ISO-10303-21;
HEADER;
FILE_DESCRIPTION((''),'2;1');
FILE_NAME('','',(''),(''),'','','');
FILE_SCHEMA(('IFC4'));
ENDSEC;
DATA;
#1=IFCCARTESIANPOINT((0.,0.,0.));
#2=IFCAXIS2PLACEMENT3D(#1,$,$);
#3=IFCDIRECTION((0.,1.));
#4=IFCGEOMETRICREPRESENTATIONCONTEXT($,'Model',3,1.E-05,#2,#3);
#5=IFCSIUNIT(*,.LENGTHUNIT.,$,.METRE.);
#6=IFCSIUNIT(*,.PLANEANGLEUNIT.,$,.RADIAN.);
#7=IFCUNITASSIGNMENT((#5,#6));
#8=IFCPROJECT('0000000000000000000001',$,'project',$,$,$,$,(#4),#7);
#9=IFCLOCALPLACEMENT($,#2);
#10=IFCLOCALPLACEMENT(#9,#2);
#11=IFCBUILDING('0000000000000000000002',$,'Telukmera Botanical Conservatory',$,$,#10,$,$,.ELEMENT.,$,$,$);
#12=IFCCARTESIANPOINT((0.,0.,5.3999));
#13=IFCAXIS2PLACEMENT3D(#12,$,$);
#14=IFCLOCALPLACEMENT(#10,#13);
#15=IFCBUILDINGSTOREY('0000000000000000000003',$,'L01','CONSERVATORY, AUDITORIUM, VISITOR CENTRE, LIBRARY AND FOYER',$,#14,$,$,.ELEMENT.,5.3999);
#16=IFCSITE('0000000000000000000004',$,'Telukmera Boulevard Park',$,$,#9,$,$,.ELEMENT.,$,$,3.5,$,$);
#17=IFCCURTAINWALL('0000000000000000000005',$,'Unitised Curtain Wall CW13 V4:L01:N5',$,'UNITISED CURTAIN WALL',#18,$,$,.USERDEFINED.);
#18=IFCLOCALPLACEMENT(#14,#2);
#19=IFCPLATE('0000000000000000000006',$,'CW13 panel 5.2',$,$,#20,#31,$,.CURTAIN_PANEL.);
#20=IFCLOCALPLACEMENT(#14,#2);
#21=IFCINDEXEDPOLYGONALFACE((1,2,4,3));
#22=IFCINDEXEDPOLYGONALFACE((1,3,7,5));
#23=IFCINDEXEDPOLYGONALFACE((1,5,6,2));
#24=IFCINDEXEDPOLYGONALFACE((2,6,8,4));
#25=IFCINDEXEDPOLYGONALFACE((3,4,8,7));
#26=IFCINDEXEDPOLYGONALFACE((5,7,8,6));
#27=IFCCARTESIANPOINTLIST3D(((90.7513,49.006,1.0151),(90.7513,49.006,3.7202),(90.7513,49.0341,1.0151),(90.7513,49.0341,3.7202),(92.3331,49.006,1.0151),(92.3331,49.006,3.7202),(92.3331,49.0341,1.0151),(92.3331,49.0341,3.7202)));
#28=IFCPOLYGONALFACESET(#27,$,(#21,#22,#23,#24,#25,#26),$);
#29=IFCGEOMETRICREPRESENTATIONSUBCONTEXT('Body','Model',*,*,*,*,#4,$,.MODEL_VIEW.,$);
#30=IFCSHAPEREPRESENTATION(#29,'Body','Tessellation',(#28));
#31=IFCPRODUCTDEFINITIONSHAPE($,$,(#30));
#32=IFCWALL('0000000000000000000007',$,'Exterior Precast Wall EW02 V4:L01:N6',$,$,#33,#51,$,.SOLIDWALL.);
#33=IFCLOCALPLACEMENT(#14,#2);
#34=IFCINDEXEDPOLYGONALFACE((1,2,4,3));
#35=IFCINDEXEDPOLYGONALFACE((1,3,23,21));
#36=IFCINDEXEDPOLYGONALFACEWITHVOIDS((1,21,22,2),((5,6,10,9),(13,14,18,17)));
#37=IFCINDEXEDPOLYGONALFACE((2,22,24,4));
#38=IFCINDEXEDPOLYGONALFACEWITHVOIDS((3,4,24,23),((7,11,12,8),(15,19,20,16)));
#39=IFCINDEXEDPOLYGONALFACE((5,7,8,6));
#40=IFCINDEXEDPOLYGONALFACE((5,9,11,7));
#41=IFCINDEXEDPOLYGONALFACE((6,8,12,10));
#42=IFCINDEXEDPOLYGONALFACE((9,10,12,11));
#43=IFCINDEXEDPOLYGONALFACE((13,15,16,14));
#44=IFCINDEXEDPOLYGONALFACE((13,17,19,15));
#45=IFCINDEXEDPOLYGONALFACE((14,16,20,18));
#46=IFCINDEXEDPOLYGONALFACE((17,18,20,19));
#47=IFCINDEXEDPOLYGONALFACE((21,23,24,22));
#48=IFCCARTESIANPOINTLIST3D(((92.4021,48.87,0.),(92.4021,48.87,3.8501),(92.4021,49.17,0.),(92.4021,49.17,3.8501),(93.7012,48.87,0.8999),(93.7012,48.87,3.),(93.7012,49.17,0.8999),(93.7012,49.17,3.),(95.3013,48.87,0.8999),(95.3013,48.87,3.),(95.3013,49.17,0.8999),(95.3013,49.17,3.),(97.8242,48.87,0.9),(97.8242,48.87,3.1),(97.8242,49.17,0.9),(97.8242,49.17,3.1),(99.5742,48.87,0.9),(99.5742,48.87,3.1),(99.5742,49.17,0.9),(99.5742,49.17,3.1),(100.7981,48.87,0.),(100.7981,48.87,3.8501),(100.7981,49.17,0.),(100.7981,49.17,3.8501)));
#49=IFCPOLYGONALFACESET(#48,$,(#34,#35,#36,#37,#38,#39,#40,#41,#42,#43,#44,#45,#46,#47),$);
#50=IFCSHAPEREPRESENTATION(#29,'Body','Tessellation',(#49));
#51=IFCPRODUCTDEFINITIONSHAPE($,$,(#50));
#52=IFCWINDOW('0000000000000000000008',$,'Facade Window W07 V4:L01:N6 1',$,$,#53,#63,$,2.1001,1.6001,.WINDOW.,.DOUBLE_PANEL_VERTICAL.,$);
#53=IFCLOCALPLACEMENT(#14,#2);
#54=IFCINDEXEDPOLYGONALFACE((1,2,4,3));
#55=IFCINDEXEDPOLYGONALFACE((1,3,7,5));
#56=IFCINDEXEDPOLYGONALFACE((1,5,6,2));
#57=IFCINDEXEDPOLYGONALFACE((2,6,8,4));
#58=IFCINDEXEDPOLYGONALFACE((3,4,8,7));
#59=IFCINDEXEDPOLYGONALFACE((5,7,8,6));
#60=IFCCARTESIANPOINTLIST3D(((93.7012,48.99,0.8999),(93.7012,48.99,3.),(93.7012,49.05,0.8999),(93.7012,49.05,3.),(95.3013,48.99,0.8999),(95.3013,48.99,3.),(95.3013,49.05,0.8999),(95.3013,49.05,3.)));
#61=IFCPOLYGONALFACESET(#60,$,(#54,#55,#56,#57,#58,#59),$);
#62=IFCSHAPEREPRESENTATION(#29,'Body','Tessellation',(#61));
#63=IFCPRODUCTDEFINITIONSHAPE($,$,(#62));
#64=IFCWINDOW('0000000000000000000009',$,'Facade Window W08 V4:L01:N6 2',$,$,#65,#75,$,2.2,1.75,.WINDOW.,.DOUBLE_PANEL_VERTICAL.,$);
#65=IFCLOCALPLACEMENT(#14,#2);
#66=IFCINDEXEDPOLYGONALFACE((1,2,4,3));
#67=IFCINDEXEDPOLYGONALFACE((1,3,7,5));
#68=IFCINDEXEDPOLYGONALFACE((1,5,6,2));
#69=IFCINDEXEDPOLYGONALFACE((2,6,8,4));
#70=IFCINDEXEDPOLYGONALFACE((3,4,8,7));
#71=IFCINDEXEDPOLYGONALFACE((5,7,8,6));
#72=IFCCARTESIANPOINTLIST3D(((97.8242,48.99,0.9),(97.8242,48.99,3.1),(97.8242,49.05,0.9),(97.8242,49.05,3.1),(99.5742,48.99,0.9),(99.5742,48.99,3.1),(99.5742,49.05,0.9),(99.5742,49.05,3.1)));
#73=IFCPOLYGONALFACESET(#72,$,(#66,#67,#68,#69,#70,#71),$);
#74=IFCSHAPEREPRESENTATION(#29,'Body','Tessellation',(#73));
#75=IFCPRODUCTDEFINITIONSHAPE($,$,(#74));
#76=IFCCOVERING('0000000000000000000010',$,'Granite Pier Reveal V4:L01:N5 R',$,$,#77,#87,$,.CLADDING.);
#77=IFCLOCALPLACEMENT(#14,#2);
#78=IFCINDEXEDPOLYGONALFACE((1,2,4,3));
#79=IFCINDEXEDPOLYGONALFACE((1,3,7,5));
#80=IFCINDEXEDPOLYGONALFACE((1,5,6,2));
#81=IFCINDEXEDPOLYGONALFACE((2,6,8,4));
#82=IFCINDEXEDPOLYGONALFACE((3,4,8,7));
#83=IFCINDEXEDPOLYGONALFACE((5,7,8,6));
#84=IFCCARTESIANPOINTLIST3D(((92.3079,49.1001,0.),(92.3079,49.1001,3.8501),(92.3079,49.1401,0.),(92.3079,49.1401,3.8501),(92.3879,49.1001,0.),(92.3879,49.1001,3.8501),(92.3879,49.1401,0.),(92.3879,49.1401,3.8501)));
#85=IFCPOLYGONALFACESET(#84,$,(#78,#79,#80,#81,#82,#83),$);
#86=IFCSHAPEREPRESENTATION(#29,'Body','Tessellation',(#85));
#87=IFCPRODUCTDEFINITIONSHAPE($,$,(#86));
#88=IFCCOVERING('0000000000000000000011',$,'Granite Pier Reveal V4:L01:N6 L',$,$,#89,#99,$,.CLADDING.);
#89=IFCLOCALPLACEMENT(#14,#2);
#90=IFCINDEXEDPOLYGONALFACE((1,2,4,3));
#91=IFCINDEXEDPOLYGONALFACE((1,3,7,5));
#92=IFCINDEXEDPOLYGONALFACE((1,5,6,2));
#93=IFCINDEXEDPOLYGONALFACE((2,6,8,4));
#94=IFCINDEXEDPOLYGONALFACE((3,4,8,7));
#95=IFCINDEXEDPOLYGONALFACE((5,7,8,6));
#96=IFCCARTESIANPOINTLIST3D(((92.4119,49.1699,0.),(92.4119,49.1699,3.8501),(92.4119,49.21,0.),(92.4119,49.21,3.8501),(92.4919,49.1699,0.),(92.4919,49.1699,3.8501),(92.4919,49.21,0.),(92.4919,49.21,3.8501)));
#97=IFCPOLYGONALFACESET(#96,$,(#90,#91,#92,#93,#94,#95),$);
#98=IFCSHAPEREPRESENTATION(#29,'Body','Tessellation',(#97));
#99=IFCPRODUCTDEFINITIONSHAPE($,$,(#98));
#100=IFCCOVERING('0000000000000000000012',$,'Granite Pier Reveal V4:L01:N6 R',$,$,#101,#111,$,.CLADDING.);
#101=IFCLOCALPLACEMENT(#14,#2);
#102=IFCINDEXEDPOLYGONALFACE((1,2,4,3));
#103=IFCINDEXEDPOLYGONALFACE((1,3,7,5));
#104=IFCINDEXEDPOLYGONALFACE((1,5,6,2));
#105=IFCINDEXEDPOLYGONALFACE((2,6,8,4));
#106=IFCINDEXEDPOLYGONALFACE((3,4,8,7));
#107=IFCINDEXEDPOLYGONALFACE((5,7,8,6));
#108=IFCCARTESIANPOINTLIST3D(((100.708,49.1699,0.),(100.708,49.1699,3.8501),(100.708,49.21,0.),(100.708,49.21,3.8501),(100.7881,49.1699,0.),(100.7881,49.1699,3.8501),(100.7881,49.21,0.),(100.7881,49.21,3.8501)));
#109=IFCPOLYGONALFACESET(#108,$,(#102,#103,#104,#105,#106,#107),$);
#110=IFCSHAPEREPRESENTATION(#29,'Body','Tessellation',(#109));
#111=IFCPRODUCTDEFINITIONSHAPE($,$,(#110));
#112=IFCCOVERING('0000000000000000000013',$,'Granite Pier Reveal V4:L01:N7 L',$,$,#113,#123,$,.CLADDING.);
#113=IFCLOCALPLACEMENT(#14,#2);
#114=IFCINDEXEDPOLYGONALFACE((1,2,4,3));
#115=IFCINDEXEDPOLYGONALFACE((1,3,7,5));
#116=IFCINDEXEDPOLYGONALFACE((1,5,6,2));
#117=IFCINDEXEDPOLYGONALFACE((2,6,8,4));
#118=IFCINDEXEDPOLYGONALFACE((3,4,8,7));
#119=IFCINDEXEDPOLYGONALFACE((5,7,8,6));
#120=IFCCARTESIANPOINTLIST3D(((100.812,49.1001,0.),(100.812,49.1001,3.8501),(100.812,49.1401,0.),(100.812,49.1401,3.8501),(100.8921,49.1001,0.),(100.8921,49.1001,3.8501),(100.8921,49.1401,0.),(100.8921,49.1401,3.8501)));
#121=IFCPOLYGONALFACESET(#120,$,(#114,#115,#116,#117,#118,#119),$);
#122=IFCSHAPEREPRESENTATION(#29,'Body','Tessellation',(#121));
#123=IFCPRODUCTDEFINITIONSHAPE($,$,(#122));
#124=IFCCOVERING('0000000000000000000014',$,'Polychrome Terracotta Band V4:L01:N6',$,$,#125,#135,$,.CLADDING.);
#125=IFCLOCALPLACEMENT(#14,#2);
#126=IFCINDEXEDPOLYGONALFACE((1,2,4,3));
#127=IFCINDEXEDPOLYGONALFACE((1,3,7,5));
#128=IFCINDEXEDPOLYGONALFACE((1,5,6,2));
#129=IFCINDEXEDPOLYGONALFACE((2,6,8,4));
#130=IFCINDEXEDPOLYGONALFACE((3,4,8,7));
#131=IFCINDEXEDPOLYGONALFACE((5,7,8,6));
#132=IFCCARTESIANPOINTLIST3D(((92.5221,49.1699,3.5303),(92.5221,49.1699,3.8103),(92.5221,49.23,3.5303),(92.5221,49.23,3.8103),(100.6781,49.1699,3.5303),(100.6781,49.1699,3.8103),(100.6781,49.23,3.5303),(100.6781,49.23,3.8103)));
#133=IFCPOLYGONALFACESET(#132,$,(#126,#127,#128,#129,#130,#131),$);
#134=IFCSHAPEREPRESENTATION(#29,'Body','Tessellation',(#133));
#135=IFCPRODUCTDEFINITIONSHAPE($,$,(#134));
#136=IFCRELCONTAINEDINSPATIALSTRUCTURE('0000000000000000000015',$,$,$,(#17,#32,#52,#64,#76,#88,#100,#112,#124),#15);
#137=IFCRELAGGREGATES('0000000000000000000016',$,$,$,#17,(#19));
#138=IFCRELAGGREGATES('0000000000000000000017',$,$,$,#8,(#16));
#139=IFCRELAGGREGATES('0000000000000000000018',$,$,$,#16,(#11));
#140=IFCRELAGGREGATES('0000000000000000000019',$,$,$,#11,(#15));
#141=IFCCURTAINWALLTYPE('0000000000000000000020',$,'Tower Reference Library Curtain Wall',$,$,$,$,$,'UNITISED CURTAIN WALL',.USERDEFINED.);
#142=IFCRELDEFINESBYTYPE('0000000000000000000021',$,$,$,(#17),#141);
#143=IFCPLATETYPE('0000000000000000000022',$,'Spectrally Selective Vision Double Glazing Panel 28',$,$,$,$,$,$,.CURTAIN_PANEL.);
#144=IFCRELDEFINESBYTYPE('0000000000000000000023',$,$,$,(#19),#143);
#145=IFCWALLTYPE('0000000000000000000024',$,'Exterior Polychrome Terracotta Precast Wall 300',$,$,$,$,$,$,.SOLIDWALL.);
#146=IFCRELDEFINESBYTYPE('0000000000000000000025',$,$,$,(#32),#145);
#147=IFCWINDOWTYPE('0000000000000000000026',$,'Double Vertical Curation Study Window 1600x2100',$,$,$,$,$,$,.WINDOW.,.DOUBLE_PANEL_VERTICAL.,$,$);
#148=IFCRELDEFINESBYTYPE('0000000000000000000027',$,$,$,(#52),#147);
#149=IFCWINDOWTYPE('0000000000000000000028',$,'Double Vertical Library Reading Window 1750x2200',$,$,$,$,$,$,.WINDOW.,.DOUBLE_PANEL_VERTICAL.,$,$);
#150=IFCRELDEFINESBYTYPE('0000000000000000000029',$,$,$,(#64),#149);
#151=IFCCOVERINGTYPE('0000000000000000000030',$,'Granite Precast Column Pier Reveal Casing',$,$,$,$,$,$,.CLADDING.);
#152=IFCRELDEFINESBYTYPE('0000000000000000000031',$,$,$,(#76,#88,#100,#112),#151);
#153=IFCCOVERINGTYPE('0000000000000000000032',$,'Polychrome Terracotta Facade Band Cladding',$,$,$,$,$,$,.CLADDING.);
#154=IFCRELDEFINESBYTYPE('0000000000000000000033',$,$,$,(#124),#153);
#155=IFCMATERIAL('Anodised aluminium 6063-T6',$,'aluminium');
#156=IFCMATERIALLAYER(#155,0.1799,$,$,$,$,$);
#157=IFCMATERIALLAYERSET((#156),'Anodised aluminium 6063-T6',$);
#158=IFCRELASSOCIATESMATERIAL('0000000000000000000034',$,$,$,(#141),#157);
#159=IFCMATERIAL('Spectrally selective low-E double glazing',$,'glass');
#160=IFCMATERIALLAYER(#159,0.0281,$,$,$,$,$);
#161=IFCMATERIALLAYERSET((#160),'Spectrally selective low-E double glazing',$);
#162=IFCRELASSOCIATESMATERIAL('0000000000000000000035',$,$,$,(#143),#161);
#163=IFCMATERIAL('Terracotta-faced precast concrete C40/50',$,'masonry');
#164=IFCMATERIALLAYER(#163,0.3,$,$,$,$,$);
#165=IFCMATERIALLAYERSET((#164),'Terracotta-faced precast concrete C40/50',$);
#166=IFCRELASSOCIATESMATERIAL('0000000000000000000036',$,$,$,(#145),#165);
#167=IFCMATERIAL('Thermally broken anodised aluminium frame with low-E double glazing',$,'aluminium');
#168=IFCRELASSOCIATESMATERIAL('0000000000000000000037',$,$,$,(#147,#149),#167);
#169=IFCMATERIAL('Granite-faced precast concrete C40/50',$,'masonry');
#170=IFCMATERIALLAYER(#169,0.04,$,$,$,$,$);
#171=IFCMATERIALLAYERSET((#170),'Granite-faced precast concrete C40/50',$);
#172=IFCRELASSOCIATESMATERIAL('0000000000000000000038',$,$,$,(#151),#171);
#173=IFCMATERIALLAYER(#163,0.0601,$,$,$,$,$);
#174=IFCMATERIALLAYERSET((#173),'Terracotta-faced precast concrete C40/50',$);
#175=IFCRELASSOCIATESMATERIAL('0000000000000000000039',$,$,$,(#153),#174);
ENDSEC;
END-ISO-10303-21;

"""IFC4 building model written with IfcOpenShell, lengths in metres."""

from ifc_helpers import new_model, si_unit, direction, frame, frame_2d, origin, origin_2d, place, context, subcontext, project, spatial, rectangle, extrude, material, layer, layer_set, type_object, element, fill, aggregate, save


model = new_model("IFC4")

# Units and contexts
model_context = context("Model", 3, precision=1e-05, world=origin(), true_north=direction((0.0, 1.0)))
body_context = subcontext(model_context, "Body", "Model", "MODEL_VIEW")
ifc_project = project(units=[si_unit("LENGTHUNIT", "METRE"), si_unit("PLANEANGLEUNIT", "RADIAN")], contexts=[model_context])

# Site, building, storey
site_placement = place(None, origin())
site = spatial("IfcSite", under=ifc_project, at=site_placement, Name="Telukmera Boulevard Park", CompositionType="ELEMENT", RefElevation=3.5)
building_placement = place(site_placement, origin())
building = spatial("IfcBuilding", under=site, at=building_placement, Name="Telukmera Botanical Conservatory", CompositionType="ELEMENT")
storey_placement = place(building_placement, frame((0.0, 0.0, 5.3999)))
storey = spatial("IfcBuildingStorey", under=building, at=storey_placement, Name="L01", Description="CONSERVATORY, AUDITORIUM, VISITOR CENTRE, LIBRARY AND FOYER", CompositionType="ELEMENT", Elevation=5.3999)

# Curtain wall
ifc_material_1 = material(Name="Anodised aluminium 6063-T6", Category="aluminium")
ifc_layer_1 = layer(ifc_material_1, 0.1799)
ifc_layer_set_1 = layer_set([ifc_layer_1], Name="Anodised aluminium 6063-T6")
curtain_wall_type = type_object("IfcCurtainWallType", Name="Tower Reference Library Curtain Wall", ElementType="UNITISED CURTAIN WALL", PredefinedType="USERDEFINED", material=ifc_layer_set_1)
curtain_wall_1_placement = place(storey_placement, origin())
curtain_wall_1 = element("IfcCurtainWall", 1, at=curtain_wall_1_placement, inside=storey, type_object=curtain_wall_type, Name="Unitised Curtain Wall CW13 V4:L01:N5", ObjectType="UNITISED CURTAIN WALL", PredefinedType="USERDEFINED")

# Plate
ifc_material_2 = material(Name="Spectrally selective low-E double glazing", Category="glass")
ifc_layer_2 = layer(ifc_material_2, 0.0281)
ifc_layer_set_2 = layer_set([ifc_layer_2], Name="Spectrally selective low-E double glazing")
plate_type = type_object("IfcPlateType", Name="Spectrally Selective Vision Double Glazing Panel 28", PredefinedType="CURTAIN_PANEL", material=ifc_layer_set_2)
plate_1_placement = place(storey_placement, frame((91.5422, 49.02, 1.0151), z_axis=(0.0, 0.0, 1.0), x_axis=(1.0, 0.0, 0.0)))
plate_1 = element("IfcPlate", 2, at=plate_1_placement, type_object=plate_type, Name="CW13 panel 5.2", PredefinedType="CURTAIN_PANEL", context=body_context, shape_type="SweptSolid", body=[
    extrude(rectangle(XDim=1.5818, YDim=0.0281, at=origin_2d()), origin(), (0.0, 0.0, 1.0), 2.7051),
])
aggregate(curtain_wall_1, [plate_1])

# Wall, openings, windows
ifc_material_3 = material(Name="Terracotta-faced precast concrete C40/50", Category="masonry")
ifc_layer_3 = layer(ifc_material_3, 0.3)
ifc_layer_set_3 = layer_set([ifc_layer_3], Name="Terracotta-faced precast concrete C40/50")
wall_type = type_object("IfcWallType", Name="Exterior Polychrome Terracotta Precast Wall 300", PredefinedType="SOLIDWALL", material=ifc_layer_set_3)
wall_placement = place(storey_placement, frame((92.4021, 49.02, 0.0), z_axis=(0.0, 0.0, 1.0), x_axis=(1.0, 0.0, 0.0)))
wall = element("IfcWall", 3, at=wall_placement, inside=storey, type_object=wall_type, Name="Exterior Precast Wall EW02 V4:L01:N6", PredefinedType="SOLIDWALL", context=body_context, shape_type="SweptSolid", body=[
    extrude(rectangle(XDim=8.396, YDim=0.3, at=frame_2d((4.198, 0.0))), origin(), (0.0, 0.0, 1.0), 3.8501),
])
opening_1_placement = place(wall_placement, frame((1.2991, 0.0, 0.8999)))
opening_1 = element("IfcOpeningElement", 4, at=opening_1_placement, cuts=wall, PredefinedType="OPENING", context=body_context, shape_type="SweptSolid", body=[
    extrude(rectangle(XDim=1.6001, YDim=2.1001, at=frame_2d((0.8, 1.05))), frame((0.0, 0.1599, 0.0), z_axis=(0.0, -1.0, 0.0), x_axis=(1.0, 0.0, 0.0)), (0.0, 0.0, 1.0), 0.3201),
])
opening_2_placement = place(wall_placement, frame((5.4221, 0.0, 0.8999)))
opening_2 = element("IfcOpeningElement", 5, at=opening_2_placement, cuts=wall, PredefinedType="OPENING", context=body_context, shape_type="SweptSolid", body=[
    extrude(rectangle(XDim=1.75, YDim=2.2, at=frame_2d((0.875, 1.1001))), frame((0.0, 0.1599, 0.0), z_axis=(0.0, -1.0, 0.0), x_axis=(1.0, 0.0, 0.0)), (0.0, 0.0, 1.0), 0.3201),
])
ifc_material_4 = material(Name="Thermally broken anodised aluminium frame with low-E double glazing", Category="aluminium")
window_type_1 = type_object("IfcWindowType", Name="Double Vertical Curation Study Window 1600x2100", PartitioningType="DOUBLE_PANEL_VERTICAL", PredefinedType="WINDOW", material=ifc_material_4)
window_1_placement = place(opening_1_placement, origin())
window_1 = element("IfcWindow", 6, at=window_1_placement, inside=storey, type_object=window_type_1, Name="Facade Window W07 V4:L01:N6 1", OverallHeight=2.1001, OverallWidth=1.6001, PartitioningType="DOUBLE_PANEL_VERTICAL", PredefinedType="WINDOW", context=body_context, shape_type="SweptSolid", body=[
    extrude(rectangle(XDim=1.6001, YDim=2.1001, at=frame_2d((0.8, 1.05))), frame((0.0, 0.03, 0.0), z_axis=(0.0, -1.0, 0.0), x_axis=(1.0, 0.0, 0.0)), (0.0, 0.0, 1.0), 0.0601),
])
fill(opening_1, window_1)
window_type_2 = type_object("IfcWindowType", Name="Double Vertical Library Reading Window 1750x2200", PartitioningType="DOUBLE_PANEL_VERTICAL", PredefinedType="WINDOW", material=ifc_material_4)
window_2_placement = place(opening_2_placement, origin())
window_2 = element("IfcWindow", 7, at=window_2_placement, inside=storey, type_object=window_type_2, Name="Facade Window W08 V4:L01:N6 2", OverallHeight=2.2, OverallWidth=1.75, PartitioningType="DOUBLE_PANEL_VERTICAL", PredefinedType="WINDOW", context=body_context, shape_type="SweptSolid", body=[
    extrude(rectangle(XDim=1.75, YDim=2.2, at=frame_2d((0.875, 1.1001))), frame((0.0, 0.03, 0.0), z_axis=(0.0, -1.0, 0.0), x_axis=(1.0, 0.0, 0.0)), (0.0, 0.0, 1.0), 0.0601),
])
fill(opening_2, window_2)

# Coverings
ifc_material_5 = material(Name="Granite-faced precast concrete C40/50", Category="masonry")
ifc_layer_4 = layer(ifc_material_5, 0.04)
ifc_layer_set_4 = layer_set([ifc_layer_4], Name="Granite-faced precast concrete C40/50")
covering_type_1 = type_object("IfcCoveringType", Name="Granite Precast Column Pier Reveal Casing", PredefinedType="CLADDING", material=ifc_layer_set_4)
for number, where, z_axis, x_axis, name in (
    (8, (92.3479, 49.1201, 0.0), (0.0, 0.0, 1.0), (1.0, 0.0, 0.0), "Granite Pier Reveal V4:L01:N5 R"),
    (9, (92.4519, 49.1899, 0.0), (0.0, 0.0, 1.0), (1.0, 0.0, 0.0), "Granite Pier Reveal V4:L01:N6 L"),
    (10, (100.748, 49.1899, 0.0), (0.0, 0.0, 1.0), (1.0, 0.0, 0.0), "Granite Pier Reveal V4:L01:N6 R"),
    (11, (100.8521, 49.1201, 0.0), (0.0, 0.0, 1.0), (1.0, 0.0, 0.0), "Granite Pier Reveal V4:L01:N7 L"),
):
    element("IfcCovering", number, at=place(storey_placement, frame(where, z_axis=z_axis, x_axis=x_axis)), inside=storey, type_object=covering_type_1, Name=name, PredefinedType="CLADDING", context=body_context, shape_type="SweptSolid", body=[
        extrude(rectangle(XDim=0.0801, YDim=0.04, at=origin_2d()), origin(), (0.0, 0.0, 1.0), 3.8501),
    ])
ifc_layer_5 = layer(ifc_material_3, 0.0601)
ifc_layer_set_5 = layer_set([ifc_layer_5], Name="Terracotta-faced precast concrete C40/50")
covering_type_2 = type_object("IfcCoveringType", Name="Polychrome Terracotta Facade Band Cladding", PredefinedType="CLADDING", material=ifc_layer_set_5)
covering_placement = place(storey_placement, frame((96.6001, 49.2, 3.5303), z_axis=(0.0, 0.0, 1.0), x_axis=(1.0, 0.0, 0.0)))
element("IfcCovering", 12, at=covering_placement, inside=storey, type_object=covering_type_2, Name="Polychrome Terracotta Band V4:L01:N6", PredefinedType="CLADDING", context=body_context, shape_type="SweptSolid", body=[
    extrude(rectangle(XDim=8.156, YDim=0.0601, at=origin_2d()), origin(), (0.0, 0.0, 1.0), 0.28),
])

save(model, "model.ifc")
